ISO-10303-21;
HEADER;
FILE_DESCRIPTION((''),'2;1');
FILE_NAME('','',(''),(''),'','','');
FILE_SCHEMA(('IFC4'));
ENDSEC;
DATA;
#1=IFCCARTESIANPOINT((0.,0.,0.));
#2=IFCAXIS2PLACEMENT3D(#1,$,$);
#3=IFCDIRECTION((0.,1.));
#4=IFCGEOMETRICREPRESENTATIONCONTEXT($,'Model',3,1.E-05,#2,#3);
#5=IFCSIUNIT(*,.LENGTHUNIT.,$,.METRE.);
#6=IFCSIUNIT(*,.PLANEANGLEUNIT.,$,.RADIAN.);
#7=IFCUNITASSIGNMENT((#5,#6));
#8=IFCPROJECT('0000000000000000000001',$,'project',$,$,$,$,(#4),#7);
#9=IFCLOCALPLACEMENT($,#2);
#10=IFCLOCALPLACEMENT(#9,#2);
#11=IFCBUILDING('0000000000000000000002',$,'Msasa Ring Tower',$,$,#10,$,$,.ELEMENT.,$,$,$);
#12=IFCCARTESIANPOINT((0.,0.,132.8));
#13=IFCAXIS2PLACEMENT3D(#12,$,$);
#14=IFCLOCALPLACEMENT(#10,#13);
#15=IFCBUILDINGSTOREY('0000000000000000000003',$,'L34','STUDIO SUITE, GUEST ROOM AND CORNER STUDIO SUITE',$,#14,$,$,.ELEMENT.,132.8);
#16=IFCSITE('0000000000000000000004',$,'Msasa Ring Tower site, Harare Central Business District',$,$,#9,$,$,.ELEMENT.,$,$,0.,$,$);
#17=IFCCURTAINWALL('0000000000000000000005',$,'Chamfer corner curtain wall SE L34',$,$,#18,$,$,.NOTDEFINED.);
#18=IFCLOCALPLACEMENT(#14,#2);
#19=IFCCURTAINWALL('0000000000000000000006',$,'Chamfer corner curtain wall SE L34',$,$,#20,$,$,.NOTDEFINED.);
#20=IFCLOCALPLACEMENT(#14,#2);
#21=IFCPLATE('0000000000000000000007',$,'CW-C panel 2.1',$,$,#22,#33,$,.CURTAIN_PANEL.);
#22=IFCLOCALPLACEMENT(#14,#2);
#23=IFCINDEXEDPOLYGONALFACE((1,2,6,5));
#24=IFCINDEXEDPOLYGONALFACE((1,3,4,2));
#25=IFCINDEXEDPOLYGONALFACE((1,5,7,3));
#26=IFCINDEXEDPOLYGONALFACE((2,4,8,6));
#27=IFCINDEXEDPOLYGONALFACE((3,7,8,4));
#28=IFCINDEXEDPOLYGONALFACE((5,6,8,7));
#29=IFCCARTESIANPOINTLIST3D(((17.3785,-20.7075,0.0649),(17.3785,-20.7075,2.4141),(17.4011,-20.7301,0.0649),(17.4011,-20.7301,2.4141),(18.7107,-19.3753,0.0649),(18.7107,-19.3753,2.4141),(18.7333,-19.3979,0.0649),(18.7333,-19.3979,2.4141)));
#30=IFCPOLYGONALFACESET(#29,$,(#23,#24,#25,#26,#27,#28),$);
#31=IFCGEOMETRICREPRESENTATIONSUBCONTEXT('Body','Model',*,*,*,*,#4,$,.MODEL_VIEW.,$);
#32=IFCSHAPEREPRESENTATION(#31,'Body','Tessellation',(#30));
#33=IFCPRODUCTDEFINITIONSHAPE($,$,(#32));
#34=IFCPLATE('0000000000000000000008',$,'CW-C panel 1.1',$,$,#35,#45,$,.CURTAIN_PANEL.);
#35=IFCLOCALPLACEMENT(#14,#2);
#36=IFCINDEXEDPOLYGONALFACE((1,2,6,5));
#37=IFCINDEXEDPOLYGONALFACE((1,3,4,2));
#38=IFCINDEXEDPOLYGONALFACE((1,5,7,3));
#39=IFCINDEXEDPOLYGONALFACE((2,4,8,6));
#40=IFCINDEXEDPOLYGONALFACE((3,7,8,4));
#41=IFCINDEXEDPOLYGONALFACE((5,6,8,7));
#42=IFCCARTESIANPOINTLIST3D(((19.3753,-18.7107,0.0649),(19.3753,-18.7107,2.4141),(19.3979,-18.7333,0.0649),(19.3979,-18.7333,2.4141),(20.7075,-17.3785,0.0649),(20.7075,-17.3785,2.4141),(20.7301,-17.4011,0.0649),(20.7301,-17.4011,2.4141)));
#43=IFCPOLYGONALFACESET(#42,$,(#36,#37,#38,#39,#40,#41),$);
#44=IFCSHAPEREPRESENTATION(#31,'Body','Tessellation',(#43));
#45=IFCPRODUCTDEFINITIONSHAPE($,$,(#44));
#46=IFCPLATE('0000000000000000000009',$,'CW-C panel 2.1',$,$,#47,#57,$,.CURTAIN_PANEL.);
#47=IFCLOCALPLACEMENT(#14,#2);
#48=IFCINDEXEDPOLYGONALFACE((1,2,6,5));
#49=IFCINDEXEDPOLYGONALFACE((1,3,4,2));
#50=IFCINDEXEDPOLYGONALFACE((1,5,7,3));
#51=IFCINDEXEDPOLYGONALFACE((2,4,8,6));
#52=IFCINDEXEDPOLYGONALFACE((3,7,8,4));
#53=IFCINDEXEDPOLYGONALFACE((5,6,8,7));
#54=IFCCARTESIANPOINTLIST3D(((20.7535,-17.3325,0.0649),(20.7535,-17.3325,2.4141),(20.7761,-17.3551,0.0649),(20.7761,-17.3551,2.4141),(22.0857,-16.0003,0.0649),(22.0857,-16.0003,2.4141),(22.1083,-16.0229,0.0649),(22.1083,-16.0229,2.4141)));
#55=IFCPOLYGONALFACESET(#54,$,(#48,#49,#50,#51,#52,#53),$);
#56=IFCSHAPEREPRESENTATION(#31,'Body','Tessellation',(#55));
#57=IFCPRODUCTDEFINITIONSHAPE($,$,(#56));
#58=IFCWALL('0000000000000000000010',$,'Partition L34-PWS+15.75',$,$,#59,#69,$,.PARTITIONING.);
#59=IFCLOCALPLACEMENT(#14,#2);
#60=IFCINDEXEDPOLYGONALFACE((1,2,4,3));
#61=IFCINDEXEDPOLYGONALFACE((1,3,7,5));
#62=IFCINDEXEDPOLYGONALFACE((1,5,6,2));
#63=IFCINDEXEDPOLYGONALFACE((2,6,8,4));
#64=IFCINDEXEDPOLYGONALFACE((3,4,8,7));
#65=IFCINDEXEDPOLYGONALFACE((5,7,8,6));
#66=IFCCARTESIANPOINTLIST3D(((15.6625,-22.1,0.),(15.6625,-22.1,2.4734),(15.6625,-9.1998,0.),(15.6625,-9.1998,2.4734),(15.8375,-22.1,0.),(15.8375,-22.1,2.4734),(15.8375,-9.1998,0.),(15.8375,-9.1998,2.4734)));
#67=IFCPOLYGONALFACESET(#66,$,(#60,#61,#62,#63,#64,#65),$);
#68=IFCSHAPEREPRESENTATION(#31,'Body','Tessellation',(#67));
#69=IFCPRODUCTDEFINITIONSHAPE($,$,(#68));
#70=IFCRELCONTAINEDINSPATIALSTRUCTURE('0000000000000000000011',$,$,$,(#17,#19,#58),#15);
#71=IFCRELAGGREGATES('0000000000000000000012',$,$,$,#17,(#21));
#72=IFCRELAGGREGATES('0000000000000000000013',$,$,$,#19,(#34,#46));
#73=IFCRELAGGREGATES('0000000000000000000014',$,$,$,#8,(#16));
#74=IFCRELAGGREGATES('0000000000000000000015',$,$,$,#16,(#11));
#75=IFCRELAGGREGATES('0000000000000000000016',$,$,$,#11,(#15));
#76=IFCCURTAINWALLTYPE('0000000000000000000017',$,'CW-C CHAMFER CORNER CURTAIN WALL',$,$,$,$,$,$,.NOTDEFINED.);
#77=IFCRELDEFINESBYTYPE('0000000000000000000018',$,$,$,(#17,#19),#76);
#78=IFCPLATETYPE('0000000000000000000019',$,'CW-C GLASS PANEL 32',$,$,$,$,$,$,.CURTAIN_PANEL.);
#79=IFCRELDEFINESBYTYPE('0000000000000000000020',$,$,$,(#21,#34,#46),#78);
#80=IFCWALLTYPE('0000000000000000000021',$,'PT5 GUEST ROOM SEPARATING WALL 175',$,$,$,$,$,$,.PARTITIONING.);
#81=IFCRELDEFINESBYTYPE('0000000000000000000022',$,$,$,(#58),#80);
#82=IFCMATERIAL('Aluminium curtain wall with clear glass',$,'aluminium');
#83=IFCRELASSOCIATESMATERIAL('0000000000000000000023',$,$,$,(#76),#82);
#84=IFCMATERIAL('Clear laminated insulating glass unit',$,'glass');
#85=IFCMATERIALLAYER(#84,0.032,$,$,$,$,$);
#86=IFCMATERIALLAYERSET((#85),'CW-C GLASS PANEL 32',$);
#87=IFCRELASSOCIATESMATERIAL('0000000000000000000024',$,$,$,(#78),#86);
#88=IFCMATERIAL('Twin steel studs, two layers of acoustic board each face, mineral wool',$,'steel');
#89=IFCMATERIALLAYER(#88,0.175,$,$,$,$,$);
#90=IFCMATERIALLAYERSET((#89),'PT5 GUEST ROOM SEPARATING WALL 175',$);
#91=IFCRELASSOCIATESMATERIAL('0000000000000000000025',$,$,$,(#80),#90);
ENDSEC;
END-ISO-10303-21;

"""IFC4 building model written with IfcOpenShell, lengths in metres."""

from ifc_helpers import new_model, si_unit, direction, frame, frame_2d, origin, origin_2d, place, context, subcontext, project, spatial, rectangle, extrude, material, layer, layer_set, type_object, element, aggregate, save


model = new_model("IFC4")

# Units and contexts
model_context = context("Model", 3, precision=1e-05, world=origin(), true_north=direction((0.0, 1.0)))
body_context = subcontext(model_context, "Body", "Model", "MODEL_VIEW")
ifc_project = project(units=[si_unit("LENGTHUNIT", "METRE"), si_unit("PLANEANGLEUNIT", "RADIAN")], contexts=[model_context])

# Site, building, storey
site_placement = place(None, origin())
site = spatial("IfcSite", under=ifc_project, at=site_placement, Name="Msasa Ring Tower site, Harare Central Business District", CompositionType="ELEMENT", RefElevation=0.0)
building_placement = place(site_placement, origin())
building = spatial("IfcBuilding", under=site, at=building_placement, Name="Msasa Ring Tower", CompositionType="ELEMENT")
storey_placement = place(building_placement, frame((0.0, 0.0, 132.8)))
storey = spatial("IfcBuildingStorey", under=building, at=storey_placement, Name="L34", Description="STUDIO SUITE, GUEST ROOM AND CORNER STUDIO SUITE", CompositionType="ELEMENT", Elevation=132.8)

# Curtain walls
ifc_material_1 = material(Name="Aluminium curtain wall with clear glass", Category="aluminium")
curtain_wall_type = type_object("IfcCurtainWallType", Name="CW-C CHAMFER CORNER CURTAIN WALL", PredefinedType="NOTDEFINED", material=ifc_material_1)
curtain_wall_1_placement = place(storey_placement, origin())
curtain_wall_1 = element("IfcCurtainWall", 1, at=curtain_wall_1_placement, inside=storey, type_object=curtain_wall_type, Name="Chamfer corner curtain wall SE L34", PredefinedType="NOTDEFINED")
curtain_wall_2_placement = place(storey_placement, origin())
curtain_wall_2 = element("IfcCurtainWall", 2, at=curtain_wall_2_placement, inside=storey, type_object=curtain_wall_type, Name="Chamfer corner curtain wall SE L34", PredefinedType="NOTDEFINED")

# Plates
ifc_material_2 = material(Name="Clear laminated insulating glass unit", Category="glass")
ifc_layer_1 = layer(ifc_material_2, 0.032)
ifc_layer_set_1 = layer_set([ifc_layer_1], Name="CW-C GLASS PANEL 32")
plate_type = type_object("IfcPlateType", Name="CW-C GLASS PANEL 32", PredefinedType="CURTAIN_PANEL", material=ifc_layer_set_1)
plate_1_placement = place(storey_placement, frame((18.0559, -20.0527, 0.0649), z_axis=(0.0, 0.0, 1.0), x_axis=(0.707107, 0.707107, 0.0)))
plate_1 = element("IfcPlate", 3, at=plate_1_placement, type_object=plate_type, Name="CW-C panel 2.1", PredefinedType="CURTAIN_PANEL", context=body_context, shape_type="SweptSolid", body=[
    extrude(rectangle(XDim=1.884, YDim=0.032, at=origin_2d()), origin(), (0.0, 0.0, 1.0), 2.3491),
])
aggregate(curtain_wall_1, [plate_1])
plate_2_placement = place(storey_placement, frame((20.0527, -18.0559, 0.0649), z_axis=(0.0, 0.0, 1.0), x_axis=(0.707107, 0.707107, 0.0)))
plate_2 = element("IfcPlate", 4, at=plate_2_placement, type_object=plate_type, Name="CW-C panel 1.1", PredefinedType="CURTAIN_PANEL", context=body_context, shape_type="SweptSolid", body=[
    extrude(rectangle(XDim=1.884, YDim=0.032, at=origin_2d()), origin(), (0.0, 0.0, 1.0), 2.3491),
])
plate_3_placement = place(storey_placement, frame((21.4309, -16.6777, 0.0649), z_axis=(0.0, 0.0, 1.0), x_axis=(0.707107, 0.707107, 0.0)))
plate_3 = element("IfcPlate", 5, at=plate_3_placement, type_object=plate_type, Name="CW-C panel 2.1", PredefinedType="CURTAIN_PANEL", context=body_context, shape_type="SweptSolid", body=[
    extrude(rectangle(XDim=1.884, YDim=0.032, at=origin_2d()), origin(), (0.0, 0.0, 1.0), 2.3491),
])
aggregate(curtain_wall_2, [plate_2, plate_3])

# Wall
ifc_material_3 = material(Name="Twin steel studs, two layers of acoustic board each face, mineral wool", Category="steel")
ifc_layer_2 = layer(ifc_material_3, 0.175)
ifc_layer_set_2 = layer_set([ifc_layer_2], Name="PT5 GUEST ROOM SEPARATING WALL 175")
wall_type = type_object("IfcWallType", Name="PT5 GUEST ROOM SEPARATING WALL 175", PredefinedType="PARTITIONING", material=ifc_layer_set_2)
wall_placement = place(storey_placement, frame((15.75, -22.1001, 0.0), z_axis=(0.0, 0.0, 1.0), x_axis=(0.0, 1.0, 0.0)))
element("IfcWall", 6, at=wall_placement, inside=storey, type_object=wall_type, Name="Partition L34-PWS+15.75", PredefinedType="PARTITIONING", context=body_context, shape_type="SweptSolid", body=[
    extrude(rectangle(XDim=12.9001, YDim=0.175, at=frame_2d((6.4502, 0.0))), origin(), (0.0, 0.0, 1.0), 2.4734),
])

save(model, "model.ifc")
